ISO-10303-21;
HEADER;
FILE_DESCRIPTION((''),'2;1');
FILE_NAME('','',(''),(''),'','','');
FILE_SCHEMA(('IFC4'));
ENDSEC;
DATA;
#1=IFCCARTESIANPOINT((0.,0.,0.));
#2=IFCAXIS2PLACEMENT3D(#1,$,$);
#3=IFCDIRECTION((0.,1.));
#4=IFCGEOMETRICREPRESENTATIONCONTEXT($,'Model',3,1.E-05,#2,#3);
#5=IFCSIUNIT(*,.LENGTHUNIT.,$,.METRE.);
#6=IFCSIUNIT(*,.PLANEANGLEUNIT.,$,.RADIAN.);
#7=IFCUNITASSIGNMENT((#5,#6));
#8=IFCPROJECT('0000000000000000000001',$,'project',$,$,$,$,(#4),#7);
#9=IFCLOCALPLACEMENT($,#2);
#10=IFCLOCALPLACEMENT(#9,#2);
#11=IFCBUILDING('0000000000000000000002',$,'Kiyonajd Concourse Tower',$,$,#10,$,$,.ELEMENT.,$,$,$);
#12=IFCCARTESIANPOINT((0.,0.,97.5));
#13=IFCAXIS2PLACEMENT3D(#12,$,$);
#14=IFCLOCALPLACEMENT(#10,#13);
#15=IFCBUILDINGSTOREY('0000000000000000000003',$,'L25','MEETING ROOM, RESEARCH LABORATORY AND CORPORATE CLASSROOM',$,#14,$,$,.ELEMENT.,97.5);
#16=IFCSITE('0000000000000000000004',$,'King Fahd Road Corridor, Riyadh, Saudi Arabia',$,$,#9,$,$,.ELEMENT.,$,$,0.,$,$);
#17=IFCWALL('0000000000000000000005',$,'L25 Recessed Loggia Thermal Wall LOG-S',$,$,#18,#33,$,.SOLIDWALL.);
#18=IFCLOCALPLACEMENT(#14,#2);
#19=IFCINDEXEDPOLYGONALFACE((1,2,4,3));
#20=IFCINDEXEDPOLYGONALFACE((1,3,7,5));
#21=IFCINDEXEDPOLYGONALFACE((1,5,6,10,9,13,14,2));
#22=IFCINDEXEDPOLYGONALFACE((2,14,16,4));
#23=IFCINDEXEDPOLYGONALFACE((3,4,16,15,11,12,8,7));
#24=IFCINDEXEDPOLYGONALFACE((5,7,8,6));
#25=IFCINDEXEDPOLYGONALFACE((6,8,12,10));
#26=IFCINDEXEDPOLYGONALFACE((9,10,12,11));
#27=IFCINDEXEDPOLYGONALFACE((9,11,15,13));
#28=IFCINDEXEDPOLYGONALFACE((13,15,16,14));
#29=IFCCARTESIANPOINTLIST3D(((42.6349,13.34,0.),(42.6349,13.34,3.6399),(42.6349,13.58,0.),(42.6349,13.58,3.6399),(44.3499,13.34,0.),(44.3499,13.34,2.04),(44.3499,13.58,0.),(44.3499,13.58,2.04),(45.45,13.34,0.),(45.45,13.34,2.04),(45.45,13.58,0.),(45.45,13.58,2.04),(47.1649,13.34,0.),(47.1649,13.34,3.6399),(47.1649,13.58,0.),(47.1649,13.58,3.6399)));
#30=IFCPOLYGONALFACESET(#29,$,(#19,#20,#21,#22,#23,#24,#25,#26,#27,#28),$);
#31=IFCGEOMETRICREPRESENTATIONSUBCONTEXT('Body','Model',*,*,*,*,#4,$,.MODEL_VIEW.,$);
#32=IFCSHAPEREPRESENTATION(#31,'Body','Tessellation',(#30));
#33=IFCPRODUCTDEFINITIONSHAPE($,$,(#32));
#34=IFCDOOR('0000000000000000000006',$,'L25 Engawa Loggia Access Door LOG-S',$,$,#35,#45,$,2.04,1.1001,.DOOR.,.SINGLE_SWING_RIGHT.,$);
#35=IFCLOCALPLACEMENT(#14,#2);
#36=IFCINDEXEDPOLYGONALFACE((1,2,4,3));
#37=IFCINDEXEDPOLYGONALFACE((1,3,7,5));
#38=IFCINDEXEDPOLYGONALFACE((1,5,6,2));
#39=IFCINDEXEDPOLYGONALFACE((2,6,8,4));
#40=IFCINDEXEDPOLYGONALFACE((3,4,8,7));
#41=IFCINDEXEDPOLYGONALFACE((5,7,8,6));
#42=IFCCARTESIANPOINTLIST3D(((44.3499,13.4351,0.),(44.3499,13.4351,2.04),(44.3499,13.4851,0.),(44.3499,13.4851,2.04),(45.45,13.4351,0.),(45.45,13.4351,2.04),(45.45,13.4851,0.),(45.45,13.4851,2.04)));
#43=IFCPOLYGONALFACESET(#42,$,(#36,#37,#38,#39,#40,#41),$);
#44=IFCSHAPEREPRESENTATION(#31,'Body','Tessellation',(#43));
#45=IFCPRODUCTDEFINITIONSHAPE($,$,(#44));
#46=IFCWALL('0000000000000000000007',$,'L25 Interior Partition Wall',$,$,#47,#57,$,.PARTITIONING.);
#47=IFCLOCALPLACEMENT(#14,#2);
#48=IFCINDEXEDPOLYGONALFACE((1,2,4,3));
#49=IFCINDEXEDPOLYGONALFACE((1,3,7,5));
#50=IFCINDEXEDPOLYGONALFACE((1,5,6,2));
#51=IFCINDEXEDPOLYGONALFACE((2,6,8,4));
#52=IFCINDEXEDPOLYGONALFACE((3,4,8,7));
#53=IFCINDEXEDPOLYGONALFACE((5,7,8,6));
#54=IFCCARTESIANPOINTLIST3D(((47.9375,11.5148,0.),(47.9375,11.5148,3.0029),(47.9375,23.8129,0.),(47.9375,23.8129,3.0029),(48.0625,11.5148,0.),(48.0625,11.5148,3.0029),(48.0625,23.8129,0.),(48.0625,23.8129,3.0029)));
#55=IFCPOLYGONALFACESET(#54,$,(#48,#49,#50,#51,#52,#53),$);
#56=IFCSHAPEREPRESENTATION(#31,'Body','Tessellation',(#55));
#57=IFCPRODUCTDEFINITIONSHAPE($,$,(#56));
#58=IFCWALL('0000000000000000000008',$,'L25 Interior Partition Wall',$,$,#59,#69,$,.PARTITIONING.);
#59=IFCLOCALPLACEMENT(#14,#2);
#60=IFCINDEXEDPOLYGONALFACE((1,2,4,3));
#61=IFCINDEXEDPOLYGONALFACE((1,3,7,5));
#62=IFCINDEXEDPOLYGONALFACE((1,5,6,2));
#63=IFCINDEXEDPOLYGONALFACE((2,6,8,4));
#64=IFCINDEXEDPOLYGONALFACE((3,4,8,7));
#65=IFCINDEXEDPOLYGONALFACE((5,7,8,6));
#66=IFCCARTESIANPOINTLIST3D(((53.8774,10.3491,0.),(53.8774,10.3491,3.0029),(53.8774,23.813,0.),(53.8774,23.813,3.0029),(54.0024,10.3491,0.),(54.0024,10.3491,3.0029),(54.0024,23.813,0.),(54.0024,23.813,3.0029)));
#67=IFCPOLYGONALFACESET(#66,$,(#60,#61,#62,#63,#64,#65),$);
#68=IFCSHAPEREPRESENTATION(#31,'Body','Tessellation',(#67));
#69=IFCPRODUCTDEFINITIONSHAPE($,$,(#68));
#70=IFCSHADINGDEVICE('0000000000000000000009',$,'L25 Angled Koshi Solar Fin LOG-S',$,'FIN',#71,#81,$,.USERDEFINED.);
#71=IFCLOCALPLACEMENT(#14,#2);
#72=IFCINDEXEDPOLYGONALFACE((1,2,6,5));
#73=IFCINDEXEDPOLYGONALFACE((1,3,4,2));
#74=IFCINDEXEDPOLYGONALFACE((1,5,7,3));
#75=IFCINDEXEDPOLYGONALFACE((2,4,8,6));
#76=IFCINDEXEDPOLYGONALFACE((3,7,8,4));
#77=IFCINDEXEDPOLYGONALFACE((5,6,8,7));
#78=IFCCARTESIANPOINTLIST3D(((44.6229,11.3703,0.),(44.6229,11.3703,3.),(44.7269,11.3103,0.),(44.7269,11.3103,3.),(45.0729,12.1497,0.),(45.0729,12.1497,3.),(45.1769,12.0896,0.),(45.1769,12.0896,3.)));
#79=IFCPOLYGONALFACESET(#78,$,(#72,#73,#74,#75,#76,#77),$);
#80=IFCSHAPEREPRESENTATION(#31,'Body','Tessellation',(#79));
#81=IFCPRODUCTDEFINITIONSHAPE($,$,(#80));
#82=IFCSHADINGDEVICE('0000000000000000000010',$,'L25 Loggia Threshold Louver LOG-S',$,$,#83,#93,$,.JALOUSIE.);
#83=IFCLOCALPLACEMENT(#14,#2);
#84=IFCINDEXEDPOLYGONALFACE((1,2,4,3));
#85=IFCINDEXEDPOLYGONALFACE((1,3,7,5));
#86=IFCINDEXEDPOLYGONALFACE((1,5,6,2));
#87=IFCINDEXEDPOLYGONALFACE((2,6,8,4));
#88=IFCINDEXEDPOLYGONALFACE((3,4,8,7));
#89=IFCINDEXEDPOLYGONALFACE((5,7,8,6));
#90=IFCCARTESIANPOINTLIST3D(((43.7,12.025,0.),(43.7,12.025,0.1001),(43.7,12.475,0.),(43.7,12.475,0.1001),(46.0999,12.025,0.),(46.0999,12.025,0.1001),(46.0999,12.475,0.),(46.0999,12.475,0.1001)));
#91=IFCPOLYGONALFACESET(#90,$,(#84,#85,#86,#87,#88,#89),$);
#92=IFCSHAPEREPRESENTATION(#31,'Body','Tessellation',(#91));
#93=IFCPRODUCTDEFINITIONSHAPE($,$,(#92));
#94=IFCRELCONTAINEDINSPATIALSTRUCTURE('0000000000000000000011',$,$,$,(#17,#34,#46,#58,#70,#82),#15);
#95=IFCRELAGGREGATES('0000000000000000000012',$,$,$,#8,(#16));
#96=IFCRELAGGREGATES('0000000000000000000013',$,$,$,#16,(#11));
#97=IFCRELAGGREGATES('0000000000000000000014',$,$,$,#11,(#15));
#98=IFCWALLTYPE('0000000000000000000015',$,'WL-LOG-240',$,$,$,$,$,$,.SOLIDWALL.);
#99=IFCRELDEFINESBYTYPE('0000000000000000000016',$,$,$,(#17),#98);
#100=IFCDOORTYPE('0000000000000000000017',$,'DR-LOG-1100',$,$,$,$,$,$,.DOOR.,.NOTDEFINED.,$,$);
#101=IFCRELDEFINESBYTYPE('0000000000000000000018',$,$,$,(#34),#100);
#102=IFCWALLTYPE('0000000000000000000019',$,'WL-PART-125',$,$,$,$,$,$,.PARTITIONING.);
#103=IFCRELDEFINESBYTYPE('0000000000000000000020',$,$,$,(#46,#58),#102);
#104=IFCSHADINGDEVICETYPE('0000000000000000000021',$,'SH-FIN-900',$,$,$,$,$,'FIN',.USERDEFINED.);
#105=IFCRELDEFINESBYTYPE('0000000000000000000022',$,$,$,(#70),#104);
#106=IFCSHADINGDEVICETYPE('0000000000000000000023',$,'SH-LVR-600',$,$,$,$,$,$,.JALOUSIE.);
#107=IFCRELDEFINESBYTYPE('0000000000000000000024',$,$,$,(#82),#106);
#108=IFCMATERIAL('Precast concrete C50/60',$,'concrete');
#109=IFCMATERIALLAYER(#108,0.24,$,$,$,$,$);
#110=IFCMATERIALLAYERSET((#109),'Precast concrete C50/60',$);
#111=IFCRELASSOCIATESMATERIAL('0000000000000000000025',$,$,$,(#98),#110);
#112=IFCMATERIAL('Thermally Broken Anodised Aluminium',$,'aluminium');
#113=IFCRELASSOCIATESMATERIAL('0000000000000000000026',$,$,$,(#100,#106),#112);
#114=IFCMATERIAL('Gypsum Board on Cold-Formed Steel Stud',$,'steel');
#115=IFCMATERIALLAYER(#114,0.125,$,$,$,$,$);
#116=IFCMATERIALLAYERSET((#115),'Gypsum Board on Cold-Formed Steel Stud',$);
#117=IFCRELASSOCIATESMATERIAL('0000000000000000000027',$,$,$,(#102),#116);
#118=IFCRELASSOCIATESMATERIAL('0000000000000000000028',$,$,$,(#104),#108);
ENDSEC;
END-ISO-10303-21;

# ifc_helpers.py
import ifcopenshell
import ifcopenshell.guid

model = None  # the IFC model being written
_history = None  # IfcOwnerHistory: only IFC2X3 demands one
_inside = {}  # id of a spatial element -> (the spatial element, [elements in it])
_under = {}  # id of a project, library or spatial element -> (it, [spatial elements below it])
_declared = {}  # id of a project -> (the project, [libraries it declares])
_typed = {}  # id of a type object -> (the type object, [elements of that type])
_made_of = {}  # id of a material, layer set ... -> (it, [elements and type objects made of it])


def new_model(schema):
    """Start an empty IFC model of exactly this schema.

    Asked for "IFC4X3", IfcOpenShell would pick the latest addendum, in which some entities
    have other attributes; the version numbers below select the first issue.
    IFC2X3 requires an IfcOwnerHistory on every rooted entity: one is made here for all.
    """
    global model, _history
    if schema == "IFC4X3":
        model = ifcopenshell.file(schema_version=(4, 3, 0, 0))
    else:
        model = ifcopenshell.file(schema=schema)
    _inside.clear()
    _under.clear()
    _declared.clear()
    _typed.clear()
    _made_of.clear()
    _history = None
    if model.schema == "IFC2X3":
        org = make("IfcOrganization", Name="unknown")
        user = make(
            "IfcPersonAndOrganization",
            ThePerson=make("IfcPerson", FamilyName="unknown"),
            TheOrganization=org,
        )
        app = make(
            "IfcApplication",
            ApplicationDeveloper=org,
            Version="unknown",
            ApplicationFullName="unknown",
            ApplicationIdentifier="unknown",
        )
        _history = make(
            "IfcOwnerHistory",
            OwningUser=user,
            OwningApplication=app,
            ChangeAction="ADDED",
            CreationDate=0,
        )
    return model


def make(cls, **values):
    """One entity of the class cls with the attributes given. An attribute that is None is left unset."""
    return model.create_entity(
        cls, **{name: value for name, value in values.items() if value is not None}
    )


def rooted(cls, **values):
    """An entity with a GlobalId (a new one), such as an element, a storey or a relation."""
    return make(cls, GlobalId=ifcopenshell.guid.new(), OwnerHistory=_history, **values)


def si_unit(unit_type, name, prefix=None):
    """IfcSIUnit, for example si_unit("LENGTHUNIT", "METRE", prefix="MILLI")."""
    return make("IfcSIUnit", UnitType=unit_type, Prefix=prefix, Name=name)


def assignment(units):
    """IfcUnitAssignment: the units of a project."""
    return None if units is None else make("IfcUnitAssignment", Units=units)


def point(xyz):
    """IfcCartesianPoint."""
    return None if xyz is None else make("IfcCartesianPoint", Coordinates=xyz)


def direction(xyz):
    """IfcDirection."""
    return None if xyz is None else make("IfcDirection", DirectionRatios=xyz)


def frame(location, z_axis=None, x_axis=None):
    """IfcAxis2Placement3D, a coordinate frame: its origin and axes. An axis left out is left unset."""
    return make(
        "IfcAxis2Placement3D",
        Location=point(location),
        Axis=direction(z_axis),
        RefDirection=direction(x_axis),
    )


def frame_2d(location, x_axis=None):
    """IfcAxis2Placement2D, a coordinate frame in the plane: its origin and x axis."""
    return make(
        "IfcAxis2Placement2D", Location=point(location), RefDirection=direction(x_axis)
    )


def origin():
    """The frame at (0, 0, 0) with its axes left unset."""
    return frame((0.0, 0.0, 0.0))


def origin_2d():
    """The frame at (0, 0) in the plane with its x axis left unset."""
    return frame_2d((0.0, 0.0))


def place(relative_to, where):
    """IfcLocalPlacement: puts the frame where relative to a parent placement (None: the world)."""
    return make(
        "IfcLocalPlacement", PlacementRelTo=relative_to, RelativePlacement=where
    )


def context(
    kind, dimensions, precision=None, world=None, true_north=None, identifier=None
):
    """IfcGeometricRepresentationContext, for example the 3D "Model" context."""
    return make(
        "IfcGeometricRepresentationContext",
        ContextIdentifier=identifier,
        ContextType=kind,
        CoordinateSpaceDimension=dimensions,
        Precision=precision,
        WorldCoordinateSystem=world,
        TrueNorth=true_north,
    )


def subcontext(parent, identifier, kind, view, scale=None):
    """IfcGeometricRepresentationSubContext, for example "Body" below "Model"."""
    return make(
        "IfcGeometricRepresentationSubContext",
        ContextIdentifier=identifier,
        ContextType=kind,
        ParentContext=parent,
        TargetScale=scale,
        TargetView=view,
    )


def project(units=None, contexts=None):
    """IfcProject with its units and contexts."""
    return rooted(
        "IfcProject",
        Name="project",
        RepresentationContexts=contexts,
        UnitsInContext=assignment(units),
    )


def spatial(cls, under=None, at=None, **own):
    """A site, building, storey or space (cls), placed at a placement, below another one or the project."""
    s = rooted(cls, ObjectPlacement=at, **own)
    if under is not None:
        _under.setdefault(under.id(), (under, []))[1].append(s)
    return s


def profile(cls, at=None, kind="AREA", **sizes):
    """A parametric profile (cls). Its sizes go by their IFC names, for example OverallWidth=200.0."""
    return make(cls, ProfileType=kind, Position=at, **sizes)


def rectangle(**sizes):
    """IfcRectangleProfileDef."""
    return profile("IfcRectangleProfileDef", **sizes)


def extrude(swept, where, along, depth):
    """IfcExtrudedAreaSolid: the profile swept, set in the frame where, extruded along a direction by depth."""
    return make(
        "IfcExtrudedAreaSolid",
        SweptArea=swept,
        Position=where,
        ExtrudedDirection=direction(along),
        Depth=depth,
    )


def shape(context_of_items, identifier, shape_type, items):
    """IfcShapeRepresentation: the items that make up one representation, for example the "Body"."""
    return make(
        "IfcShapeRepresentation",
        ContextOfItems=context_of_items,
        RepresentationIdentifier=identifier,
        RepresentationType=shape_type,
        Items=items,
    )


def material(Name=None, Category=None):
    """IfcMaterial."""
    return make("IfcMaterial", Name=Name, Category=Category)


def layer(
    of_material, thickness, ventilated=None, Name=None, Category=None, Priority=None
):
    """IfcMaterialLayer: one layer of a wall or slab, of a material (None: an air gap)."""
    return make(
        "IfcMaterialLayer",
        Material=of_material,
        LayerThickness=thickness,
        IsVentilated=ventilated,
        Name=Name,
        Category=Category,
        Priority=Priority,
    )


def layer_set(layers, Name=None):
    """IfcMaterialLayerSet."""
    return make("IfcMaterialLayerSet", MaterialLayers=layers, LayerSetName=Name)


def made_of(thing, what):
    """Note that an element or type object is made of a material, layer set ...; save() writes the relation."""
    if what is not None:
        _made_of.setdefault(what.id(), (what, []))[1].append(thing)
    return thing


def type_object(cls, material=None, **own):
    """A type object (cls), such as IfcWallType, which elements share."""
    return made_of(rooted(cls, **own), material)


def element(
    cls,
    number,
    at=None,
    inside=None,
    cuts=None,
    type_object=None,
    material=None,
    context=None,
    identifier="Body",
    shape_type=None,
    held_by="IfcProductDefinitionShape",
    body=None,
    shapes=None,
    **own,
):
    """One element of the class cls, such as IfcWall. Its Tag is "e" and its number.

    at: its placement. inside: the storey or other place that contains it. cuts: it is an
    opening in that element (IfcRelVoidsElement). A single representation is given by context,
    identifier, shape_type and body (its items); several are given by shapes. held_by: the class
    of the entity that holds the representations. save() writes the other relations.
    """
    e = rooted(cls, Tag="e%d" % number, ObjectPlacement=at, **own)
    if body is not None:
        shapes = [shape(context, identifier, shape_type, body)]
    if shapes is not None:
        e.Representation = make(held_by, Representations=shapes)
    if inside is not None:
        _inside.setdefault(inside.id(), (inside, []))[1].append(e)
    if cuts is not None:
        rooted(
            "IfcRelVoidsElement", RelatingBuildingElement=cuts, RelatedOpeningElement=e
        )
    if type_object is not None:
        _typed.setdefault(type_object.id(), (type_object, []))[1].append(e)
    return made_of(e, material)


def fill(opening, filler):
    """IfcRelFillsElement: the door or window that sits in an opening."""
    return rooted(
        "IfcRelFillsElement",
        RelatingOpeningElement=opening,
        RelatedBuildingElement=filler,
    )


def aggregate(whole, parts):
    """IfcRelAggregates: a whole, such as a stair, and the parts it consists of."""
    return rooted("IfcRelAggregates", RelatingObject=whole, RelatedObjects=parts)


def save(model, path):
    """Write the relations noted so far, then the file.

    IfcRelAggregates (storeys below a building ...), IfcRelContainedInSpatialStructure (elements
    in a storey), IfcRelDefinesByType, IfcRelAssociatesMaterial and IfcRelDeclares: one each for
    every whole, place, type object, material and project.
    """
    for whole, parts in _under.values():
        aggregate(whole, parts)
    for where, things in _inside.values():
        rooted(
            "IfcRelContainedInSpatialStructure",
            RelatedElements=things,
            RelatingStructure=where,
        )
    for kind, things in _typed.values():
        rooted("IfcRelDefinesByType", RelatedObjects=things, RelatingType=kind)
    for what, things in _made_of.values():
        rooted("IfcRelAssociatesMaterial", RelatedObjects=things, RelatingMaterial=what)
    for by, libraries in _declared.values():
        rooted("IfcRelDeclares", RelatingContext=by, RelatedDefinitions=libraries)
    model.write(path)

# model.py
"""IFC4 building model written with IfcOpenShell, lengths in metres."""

from ifc_helpers import new_model, si_unit, direction, frame, frame_2d, origin, origin_2d, place, context, subcontext, project, spatial, rectangle, extrude, material, layer, layer_set, type_object, element, fill, save


model = new_model("IFC4")

# Units and contexts
model_context = context("Model", 3, precision=1e-05, world=origin(), true_north=direction((0.0, 1.0)))
body_context = subcontext(model_context, "Body", "Model", "MODEL_VIEW")
ifc_project = project(units=[si_unit("LENGTHUNIT", "METRE"), si_unit("PLANEANGLEUNIT", "RADIAN")], contexts=[model_context])

# Site, building, storey
site_placement = place(None, origin())
site = spatial("IfcSite", under=ifc_project, at=site_placement, Name="King Fahd Road Corridor, Riyadh, Saudi Arabia", CompositionType="ELEMENT", RefElevation=0.0)
building_placement = place(site_placement, origin())
building = spatial("IfcBuilding", under=site, at=building_placement, Name="Kiyonajd Concourse Tower", CompositionType="ELEMENT")
storey_placement = place(building_placement, frame((0.0, 0.0, 97.5)))
storey = spatial("IfcBuildingStorey", under=building, at=storey_placement, Name="L25", Description="MEETING ROOM, RESEARCH LABORATORY AND CORPORATE CLASSROOM", CompositionType="ELEMENT", Elevation=97.5)

# Shared definitions
ifc_material_1 = material(Name="Precast concrete C50/60", Category="concrete")

# Shared definitions
ifc_material_2 = material(Name="Thermally Broken Anodised Aluminium", Category="aluminium")

# Wall, opening, door
ifc_layer_1 = layer(ifc_material_1, 0.24)
ifc_layer_set_1 = layer_set([ifc_layer_1], Name="Precast concrete C50/60")
wall_type_1 = type_object("IfcWallType", Name="WL-LOG-240", PredefinedType="SOLIDWALL", material=ifc_layer_set_1)
wall_1_placement = place(storey_placement, frame((47.165, 13.46, 0.0), z_axis=(0.0, 0.0, 1.0), x_axis=(-1.0, 0.0, 0.0)))
wall_1 = element("IfcWall", 1, at=wall_1_placement, inside=storey, type_object=wall_type_1, Name="L25 Recessed Loggia Thermal Wall LOG-S", PredefinedType="SOLIDWALL", context=body_context, shape_type="SweptSolid", body=[
    extrude(rectangle(XDim=4.53, YDim=0.24, at=frame_2d((2.2651, 0.0))), origin(), (0.0, 0.0, 1.0), 3.6399),
])
opening_1_placement = place(wall_1_placement, frame((1.7151, 0.0, 0.0)))
opening_1 = element("IfcOpeningElement", 2, at=opening_1_placement, cuts=wall_1, PredefinedType="OPENING", context=body_context, shape_type="SweptSolid", body=[
    extrude(rectangle(XDim=1.1001, YDim=2.04, at=frame_2d((0.55, 1.02))), frame((0.0, 0.1299, 0.0), z_axis=(0.0, -1.0, 0.0), x_axis=(1.0, 0.0, 0.0)), (0.0, 0.0, 1.0), 0.26),
])
door_type = type_object("IfcDoorType", Name="DR-LOG-1100", OperationType="NOTDEFINED", PredefinedType="DOOR", material=ifc_material_2)
door_placement = place(opening_1_placement, origin())
door = element("IfcDoor", 3, at=door_placement, inside=storey, type_object=door_type, Name="L25 Engawa Loggia Access Door LOG-S", OperationType="SINGLE_SWING_RIGHT", OverallHeight=2.04, OverallWidth=1.1001, PredefinedType="DOOR", context=body_context, shape_type="SweptSolid", body=[
    extrude(rectangle(XDim=1.1001, YDim=2.04, at=frame_2d((0.55, 1.02))), frame((0.0, 0.0249, 0.0), z_axis=(0.0, -1.0, 0.0), x_axis=(1.0, 0.0, 0.0)), (0.0, 0.0, 1.0), 0.05),
])
fill(opening_1, door)

# Walls
ifc_material_3 = material(Name="Gypsum Board on Cold-Formed Steel Stud", Category="steel")
ifc_layer_2 = layer(ifc_material_3, 0.125)
ifc_layer_set_2 = layer_set([ifc_layer_2], Name="Gypsum Board on Cold-Formed Steel Stud")
wall_type_2 = type_object("IfcWallType", Name="WL-PART-125", PredefinedType="PARTITIONING", material=ifc_layer_set_2)
wall_2_placement = place(storey_placement, frame((48.0, 11.5149, 0.0), z_axis=(0.0, 0.0, 1.0), x_axis=(0.0, 1.0, 0.0)))
element("IfcWall", 4, at=wall_2_placement, inside=storey, type_object=wall_type_2, Name="L25 Interior Partition Wall", PredefinedType="PARTITIONING", context=body_context, shape_type="SweptSolid", body=[
    extrude(rectangle(XDim=12.2981, YDim=0.125, at=frame_2d((6.1489, 0.0))), origin(), (0.0, 0.0, 1.0), 3.0029),
])
wall_3_placement = place(storey_placement, frame((53.9399, 10.3491, 0.0), z_axis=(0.0, 0.0, 1.0), x_axis=(0.0, 1.0, 0.0)))
element("IfcWall", 5, at=wall_3_placement, inside=storey, type_object=wall_type_2, Name="L25 Interior Partition Wall", PredefinedType="PARTITIONING", context=body_context, shape_type="SweptSolid", body=[
    extrude(rectangle(XDim=13.4639, YDim=0.125, at=frame_2d((6.7319, 0.0))), origin(), (0.0, 0.0, 1.0), 3.0029),
])

# Shading devices
shading_device_type_1 = type_object("IfcShadingDeviceType", Name="SH-FIN-900", ElementType="FIN", PredefinedType="USERDEFINED", material=ifc_material_1)
shading_device_1_placement = place(storey_placement, frame((44.8999, 11.73, 0.0), z_axis=(0.0, 0.0, 1.0), x_axis=(0.5, 0.866025, 0.0)))
element("IfcShadingDevice", 6, at=shading_device_1_placement, inside=storey, type_object=shading_device_type_1, Name="L25 Angled Koshi Solar Fin LOG-S", ObjectType="FIN", PredefinedType="USERDEFINED", context=body_context, shape_type="SweptSolid", body=[
    extrude(rectangle(XDim=0.8999, YDim=0.1201, at=origin_2d()), origin(), (0.0, 0.0, 1.0), 3.0),
])
shading_device_type_2 = type_object("IfcShadingDeviceType", Name="SH-LVR-600", PredefinedType="JALOUSIE", material=ifc_material_2)
shading_device_2_placement = place(storey_placement, frame((44.8999, 12.25, 0.0), z_axis=(0.0, 0.0, 1.0), x_axis=(1.0, 0.0, 0.0)))
element("IfcShadingDevice", 7, at=shading_device_2_placement, inside=storey, type_object=shading_device_type_2, Name="L25 Loggia Threshold Louver LOG-S", PredefinedType="JALOUSIE", context=body_context, shape_type="SweptSolid", body=[
    extrude(rectangle(XDim=2.3999, YDim=0.45, at=origin_2d()), origin(), (0.0, 0.0, 1.0), 0.1001),
])

save(model, "model.ifc")
